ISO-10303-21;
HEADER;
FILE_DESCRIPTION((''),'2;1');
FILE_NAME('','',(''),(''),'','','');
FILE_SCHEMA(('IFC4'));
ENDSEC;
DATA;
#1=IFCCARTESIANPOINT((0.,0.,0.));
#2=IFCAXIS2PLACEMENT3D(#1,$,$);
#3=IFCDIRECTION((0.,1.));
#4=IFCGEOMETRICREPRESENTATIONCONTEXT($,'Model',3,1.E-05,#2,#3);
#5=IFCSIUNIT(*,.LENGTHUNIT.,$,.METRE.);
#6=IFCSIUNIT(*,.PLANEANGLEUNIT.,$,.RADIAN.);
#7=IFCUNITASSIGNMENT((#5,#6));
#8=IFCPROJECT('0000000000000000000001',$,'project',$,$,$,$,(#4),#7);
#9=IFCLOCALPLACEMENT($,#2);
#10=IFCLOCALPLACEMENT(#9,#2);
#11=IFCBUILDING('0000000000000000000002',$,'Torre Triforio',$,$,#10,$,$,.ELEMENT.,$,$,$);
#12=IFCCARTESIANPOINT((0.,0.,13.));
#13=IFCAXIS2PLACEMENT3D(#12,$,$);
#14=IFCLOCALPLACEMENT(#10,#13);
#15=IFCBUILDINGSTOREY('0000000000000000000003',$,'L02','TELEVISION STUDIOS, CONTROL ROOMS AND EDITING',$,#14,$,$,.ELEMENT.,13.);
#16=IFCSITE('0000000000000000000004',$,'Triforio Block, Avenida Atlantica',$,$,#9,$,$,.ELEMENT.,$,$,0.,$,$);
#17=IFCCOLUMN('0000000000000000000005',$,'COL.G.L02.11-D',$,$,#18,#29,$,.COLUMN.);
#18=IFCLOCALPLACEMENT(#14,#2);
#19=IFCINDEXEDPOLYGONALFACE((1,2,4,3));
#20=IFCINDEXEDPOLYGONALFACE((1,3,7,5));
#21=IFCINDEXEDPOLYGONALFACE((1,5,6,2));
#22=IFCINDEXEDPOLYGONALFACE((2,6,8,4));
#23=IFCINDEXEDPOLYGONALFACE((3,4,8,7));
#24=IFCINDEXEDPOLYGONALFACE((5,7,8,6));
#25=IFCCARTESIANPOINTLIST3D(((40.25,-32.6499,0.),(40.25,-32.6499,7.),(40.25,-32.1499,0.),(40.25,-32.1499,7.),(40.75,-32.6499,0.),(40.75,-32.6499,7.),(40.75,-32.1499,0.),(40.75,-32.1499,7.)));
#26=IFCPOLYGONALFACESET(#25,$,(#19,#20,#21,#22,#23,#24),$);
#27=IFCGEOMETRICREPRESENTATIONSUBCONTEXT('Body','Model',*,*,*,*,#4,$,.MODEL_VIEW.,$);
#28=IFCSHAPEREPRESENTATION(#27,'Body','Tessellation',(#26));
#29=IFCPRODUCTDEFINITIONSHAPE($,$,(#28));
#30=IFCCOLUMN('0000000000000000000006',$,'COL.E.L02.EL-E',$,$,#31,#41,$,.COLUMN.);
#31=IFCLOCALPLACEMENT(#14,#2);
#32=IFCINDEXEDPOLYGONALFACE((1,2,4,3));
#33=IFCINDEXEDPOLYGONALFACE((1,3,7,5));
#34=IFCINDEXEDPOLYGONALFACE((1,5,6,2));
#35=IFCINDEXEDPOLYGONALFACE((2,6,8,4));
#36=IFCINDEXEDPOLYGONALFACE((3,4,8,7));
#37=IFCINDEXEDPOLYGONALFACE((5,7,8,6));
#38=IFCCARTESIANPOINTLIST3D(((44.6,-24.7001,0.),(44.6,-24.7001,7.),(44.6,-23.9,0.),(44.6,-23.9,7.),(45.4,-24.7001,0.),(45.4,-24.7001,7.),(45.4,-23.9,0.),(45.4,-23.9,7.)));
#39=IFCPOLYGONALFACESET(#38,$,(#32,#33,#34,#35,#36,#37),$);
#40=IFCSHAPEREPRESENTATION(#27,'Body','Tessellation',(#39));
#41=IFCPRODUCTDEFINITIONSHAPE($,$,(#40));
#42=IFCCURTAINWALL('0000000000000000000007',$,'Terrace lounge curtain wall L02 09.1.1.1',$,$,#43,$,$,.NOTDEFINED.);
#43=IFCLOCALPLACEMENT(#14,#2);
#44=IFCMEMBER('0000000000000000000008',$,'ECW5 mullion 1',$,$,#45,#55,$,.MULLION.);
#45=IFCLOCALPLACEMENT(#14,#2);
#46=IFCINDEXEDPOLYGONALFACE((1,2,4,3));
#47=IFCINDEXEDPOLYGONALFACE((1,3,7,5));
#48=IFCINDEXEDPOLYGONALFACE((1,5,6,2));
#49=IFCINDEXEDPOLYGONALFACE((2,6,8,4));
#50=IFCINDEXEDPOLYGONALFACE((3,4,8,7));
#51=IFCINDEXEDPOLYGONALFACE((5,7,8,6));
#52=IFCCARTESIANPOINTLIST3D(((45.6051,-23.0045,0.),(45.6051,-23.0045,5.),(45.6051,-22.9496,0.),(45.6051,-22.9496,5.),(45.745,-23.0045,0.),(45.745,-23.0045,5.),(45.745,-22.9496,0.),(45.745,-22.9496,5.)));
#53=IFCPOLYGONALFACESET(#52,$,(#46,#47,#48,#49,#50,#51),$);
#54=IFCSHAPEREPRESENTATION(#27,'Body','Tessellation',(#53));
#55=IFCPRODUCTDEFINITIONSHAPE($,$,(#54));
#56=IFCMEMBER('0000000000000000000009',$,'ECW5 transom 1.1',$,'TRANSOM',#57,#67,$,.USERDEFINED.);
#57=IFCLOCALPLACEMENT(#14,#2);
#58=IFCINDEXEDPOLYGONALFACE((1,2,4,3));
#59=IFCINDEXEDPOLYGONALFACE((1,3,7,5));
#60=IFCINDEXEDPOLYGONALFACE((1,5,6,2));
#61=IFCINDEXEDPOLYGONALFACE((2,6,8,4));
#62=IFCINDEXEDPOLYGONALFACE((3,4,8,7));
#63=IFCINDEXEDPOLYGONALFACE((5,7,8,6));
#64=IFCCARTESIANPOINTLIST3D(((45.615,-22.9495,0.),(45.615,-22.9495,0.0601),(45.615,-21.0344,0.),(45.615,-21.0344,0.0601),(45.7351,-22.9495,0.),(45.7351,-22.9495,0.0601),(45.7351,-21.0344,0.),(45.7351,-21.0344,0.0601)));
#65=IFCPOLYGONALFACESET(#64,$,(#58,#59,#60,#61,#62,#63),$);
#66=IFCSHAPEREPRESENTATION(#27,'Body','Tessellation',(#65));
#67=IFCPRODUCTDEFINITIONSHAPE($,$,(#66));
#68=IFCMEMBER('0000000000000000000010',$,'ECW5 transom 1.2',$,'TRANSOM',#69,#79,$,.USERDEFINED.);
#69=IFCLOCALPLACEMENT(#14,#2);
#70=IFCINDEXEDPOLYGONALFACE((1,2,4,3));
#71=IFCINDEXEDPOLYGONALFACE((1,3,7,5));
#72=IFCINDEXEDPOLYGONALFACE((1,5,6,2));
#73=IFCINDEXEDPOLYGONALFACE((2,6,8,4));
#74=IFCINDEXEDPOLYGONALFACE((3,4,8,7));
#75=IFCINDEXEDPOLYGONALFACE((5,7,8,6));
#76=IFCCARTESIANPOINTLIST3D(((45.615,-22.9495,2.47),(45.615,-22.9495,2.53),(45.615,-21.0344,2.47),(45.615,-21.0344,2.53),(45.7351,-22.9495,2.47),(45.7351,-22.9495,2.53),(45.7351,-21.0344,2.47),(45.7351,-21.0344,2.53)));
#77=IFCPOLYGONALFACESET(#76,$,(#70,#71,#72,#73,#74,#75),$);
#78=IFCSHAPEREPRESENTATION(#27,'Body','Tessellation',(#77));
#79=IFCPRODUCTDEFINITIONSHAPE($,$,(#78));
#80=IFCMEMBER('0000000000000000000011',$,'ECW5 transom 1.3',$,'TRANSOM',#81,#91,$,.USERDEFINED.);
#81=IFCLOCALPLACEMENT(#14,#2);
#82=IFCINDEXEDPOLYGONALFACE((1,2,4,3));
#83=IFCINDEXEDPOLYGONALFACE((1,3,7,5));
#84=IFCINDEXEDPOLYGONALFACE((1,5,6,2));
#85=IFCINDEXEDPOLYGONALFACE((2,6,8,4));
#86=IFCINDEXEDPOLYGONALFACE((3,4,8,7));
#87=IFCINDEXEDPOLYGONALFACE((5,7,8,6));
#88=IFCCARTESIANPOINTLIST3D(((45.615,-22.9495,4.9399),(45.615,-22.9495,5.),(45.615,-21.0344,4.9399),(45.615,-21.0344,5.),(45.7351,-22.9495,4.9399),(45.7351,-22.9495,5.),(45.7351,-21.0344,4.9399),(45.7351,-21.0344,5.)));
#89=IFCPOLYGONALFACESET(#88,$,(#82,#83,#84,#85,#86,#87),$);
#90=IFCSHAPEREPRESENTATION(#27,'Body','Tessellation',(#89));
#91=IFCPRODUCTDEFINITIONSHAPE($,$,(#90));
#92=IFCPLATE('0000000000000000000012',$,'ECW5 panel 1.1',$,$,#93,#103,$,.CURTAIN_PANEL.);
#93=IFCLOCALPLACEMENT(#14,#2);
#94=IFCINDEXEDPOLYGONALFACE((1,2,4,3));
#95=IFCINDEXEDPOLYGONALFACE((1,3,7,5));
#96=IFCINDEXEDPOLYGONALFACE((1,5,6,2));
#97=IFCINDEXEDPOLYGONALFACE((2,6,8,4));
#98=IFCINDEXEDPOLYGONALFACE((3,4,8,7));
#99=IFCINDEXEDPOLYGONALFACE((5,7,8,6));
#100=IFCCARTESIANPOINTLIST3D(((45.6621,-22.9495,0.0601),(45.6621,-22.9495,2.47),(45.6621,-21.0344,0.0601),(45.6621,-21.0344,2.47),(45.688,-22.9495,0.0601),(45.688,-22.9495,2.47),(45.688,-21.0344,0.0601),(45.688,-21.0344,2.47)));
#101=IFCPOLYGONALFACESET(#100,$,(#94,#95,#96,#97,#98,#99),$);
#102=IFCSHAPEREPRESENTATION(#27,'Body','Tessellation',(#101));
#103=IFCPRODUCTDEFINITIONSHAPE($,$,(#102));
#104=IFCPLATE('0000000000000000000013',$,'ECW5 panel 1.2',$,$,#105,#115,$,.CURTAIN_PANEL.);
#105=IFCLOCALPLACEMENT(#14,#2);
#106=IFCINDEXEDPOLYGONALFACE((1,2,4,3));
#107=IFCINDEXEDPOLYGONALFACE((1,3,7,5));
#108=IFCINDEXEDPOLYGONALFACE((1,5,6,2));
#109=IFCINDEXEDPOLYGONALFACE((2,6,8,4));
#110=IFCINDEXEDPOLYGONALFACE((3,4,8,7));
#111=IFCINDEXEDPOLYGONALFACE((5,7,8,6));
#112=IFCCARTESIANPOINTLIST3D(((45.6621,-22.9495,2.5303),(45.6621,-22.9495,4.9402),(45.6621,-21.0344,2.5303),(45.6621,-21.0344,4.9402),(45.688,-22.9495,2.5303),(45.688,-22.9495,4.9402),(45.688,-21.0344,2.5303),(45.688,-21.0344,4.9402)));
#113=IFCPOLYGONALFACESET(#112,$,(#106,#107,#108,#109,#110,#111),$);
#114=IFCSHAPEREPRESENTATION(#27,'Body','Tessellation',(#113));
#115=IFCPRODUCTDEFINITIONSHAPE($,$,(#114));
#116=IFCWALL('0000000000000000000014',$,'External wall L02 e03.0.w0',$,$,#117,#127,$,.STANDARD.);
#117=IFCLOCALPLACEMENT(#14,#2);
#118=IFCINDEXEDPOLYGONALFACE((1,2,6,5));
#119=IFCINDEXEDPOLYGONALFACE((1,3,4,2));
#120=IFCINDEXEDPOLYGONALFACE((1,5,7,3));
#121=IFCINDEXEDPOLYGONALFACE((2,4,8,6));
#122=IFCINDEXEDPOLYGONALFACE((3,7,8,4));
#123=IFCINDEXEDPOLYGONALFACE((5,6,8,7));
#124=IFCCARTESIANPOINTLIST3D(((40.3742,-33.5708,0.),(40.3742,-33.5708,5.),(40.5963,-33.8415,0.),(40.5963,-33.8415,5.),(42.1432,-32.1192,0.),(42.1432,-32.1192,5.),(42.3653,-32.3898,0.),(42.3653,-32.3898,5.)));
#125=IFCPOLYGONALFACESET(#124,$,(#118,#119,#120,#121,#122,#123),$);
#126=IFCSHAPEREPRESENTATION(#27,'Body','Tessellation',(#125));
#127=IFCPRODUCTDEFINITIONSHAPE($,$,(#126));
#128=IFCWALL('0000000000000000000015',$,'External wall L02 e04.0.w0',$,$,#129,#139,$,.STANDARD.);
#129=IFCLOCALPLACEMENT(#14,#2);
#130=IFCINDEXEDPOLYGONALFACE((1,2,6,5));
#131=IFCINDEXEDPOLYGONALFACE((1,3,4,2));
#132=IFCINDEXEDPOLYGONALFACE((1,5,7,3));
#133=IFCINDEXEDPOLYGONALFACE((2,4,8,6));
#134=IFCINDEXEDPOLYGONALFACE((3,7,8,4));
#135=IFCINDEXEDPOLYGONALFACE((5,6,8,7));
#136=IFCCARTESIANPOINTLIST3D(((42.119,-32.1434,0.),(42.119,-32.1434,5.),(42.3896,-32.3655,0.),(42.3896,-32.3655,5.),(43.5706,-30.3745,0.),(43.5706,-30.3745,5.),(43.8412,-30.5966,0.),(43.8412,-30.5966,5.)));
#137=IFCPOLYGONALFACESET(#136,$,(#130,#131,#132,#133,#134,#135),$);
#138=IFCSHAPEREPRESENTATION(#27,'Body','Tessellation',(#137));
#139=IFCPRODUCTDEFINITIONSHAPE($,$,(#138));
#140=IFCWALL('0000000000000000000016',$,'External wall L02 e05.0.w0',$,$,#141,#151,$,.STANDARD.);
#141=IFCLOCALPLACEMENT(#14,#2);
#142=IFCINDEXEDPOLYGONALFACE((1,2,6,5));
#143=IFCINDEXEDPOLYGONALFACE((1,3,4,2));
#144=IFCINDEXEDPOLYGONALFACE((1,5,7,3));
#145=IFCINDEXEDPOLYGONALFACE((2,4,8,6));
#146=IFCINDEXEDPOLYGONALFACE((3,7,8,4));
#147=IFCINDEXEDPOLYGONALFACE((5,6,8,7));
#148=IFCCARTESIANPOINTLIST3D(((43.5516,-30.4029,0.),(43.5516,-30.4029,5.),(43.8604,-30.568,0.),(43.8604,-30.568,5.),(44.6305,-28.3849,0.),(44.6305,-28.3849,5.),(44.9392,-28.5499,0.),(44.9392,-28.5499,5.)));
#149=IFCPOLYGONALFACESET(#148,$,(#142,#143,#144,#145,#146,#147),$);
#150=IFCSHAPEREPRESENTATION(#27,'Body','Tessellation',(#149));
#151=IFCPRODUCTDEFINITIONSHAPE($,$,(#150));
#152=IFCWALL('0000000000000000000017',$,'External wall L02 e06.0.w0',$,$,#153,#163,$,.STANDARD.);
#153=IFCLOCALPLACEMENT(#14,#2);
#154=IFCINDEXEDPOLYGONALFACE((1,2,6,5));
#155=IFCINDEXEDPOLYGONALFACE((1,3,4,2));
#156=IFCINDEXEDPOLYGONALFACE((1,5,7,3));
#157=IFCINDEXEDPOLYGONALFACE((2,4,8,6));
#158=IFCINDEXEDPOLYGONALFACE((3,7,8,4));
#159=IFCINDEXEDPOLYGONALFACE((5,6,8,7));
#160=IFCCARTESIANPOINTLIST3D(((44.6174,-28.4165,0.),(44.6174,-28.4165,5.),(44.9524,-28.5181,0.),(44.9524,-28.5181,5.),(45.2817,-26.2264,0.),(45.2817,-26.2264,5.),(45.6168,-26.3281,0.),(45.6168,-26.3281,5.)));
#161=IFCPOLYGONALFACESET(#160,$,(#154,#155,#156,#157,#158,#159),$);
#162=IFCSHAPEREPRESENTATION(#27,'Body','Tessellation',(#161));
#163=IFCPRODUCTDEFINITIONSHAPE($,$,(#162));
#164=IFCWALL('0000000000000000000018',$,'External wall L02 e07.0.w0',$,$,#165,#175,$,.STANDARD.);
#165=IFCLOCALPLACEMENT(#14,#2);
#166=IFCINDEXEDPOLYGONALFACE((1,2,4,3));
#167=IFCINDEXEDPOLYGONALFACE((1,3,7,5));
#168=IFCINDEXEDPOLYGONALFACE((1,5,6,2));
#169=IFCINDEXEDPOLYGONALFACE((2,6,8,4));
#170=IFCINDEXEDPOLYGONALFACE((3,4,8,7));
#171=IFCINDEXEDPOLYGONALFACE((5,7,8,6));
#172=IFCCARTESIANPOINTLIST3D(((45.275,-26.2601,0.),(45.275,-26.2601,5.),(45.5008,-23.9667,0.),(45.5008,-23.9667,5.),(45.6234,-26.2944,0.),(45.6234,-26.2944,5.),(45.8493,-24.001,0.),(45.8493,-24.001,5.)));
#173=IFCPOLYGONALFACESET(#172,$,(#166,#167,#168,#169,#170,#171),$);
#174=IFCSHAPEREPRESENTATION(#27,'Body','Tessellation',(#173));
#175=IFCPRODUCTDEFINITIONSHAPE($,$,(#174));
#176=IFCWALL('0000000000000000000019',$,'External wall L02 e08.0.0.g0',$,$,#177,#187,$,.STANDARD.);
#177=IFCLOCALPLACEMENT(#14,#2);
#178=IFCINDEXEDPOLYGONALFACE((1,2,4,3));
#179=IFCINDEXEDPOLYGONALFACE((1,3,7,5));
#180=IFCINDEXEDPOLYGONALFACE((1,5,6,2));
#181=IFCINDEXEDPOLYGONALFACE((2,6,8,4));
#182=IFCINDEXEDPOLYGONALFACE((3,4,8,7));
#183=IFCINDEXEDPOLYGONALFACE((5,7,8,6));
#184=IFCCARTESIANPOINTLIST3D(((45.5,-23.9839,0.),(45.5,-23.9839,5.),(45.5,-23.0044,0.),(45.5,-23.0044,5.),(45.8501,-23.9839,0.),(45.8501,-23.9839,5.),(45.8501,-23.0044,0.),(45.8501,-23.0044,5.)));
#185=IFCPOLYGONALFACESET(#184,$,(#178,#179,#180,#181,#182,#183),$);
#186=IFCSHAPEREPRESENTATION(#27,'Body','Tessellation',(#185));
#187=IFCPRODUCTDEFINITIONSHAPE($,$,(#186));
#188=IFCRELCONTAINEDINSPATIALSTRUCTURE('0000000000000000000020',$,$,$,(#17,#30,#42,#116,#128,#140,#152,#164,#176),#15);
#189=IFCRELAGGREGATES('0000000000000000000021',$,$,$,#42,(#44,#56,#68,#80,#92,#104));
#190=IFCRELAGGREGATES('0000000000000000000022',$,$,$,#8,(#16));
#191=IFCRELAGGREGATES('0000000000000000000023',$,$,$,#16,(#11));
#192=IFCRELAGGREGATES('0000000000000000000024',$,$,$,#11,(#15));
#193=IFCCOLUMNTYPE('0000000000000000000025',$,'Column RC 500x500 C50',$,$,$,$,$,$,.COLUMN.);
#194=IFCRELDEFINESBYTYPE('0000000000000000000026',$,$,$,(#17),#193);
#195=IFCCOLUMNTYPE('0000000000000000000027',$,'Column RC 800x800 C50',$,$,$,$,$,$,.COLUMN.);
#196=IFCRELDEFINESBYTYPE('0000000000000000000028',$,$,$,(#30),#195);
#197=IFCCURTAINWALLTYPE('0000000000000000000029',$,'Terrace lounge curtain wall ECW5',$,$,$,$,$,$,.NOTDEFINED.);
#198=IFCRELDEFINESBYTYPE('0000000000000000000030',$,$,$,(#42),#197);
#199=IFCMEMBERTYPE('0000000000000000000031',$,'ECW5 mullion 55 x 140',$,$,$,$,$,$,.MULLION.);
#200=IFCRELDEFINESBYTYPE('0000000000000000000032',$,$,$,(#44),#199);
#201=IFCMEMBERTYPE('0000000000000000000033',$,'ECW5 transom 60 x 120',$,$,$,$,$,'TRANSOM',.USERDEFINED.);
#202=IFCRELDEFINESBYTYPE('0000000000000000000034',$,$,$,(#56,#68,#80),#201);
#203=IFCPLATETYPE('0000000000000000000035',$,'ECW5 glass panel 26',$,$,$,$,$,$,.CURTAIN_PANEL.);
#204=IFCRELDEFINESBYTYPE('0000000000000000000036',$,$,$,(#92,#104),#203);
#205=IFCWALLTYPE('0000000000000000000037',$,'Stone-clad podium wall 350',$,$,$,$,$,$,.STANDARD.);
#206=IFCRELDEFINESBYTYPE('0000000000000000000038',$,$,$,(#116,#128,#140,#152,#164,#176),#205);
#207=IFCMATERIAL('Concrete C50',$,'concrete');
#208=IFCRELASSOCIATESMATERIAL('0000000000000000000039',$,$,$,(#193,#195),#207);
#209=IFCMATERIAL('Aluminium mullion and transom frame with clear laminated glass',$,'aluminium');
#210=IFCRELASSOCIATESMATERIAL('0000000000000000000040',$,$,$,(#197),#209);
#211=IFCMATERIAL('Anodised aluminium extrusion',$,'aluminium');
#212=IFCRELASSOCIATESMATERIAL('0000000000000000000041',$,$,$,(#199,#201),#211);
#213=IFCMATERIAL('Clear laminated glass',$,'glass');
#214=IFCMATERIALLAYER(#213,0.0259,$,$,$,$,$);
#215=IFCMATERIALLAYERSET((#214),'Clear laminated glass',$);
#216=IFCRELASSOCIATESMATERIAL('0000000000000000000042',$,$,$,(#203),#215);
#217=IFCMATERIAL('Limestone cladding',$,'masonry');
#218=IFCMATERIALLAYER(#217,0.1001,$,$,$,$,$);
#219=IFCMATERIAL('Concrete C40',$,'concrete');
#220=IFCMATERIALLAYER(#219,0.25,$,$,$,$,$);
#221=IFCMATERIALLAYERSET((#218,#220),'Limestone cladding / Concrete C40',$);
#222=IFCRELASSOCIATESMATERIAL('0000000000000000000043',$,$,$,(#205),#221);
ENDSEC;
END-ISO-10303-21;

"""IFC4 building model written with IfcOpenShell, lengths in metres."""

from ifc_helpers import new_model, si_unit, direction, frame, frame_2d, origin, origin_2d, place, context, subcontext, project, spatial, rectangle, extrude, material, layer, layer_set, material_profile, profile_set, type_object, element, aggregate, save


model = new_model("IFC4")

# Units and contexts
model_context = context("Model", 3, precision=1e-05, world=origin(), true_north=direction((0.0, 1.0)))
body_context = subcontext(model_context, "Body", "Model", "MODEL_VIEW")
ifc_project = project(units=[si_unit("LENGTHUNIT", "METRE"), si_unit("PLANEANGLEUNIT", "RADIAN")], contexts=[model_context])

# Site, building, storey
site_placement = place(None, origin())
site = spatial("IfcSite", under=ifc_project, at=site_placement, Name="Triforio Block, Avenida Atlantica", CompositionType="ELEMENT", RefElevation=0.0)
building_placement = place(site_placement, origin())
building = spatial("IfcBuilding", under=site, at=building_placement, Name="Torre Triforio", CompositionType="ELEMENT")
storey_placement = place(building_placement, frame((0.0, 0.0, 13.0)))
storey = spatial("IfcBuildingStorey", under=building, at=storey_placement, Name="L02", Description="TELEVISION STUDIOS, CONTROL ROOMS AND EDITING", CompositionType="ELEMENT", Elevation=13.0)

# Columns
ifc_material_1 = material(Name="Concrete C50", Category="concrete")
ifc_material_profile_1 = material_profile(ifc_material_1, rectangle(XDim=0.5, YDim=0.5, at=origin_2d()), Name="RC 500x500")
ifc_profile_set_1 = profile_set([ifc_material_profile_1], Name="Concrete C50")
column_type_1 = type_object("IfcColumnType", Name="Column RC 500x500 C50", PredefinedType="COLUMN", material=ifc_profile_set_1)
column_1_placement = place(storey_placement, frame((40.5, -32.3999, 0.0), z_axis=(0.0, 0.0, 1.0), x_axis=(1.0, 0.0, 0.0)))
element("IfcColumn", 1, at=column_1_placement, inside=storey, type_object=column_type_1, Name="COL.G.L02.11-D", PredefinedType="COLUMN", context=body_context, shape_type="SweptSolid", body=[
    extrude(rectangle(XDim=0.5, YDim=0.5, at=origin_2d()), origin(), (0.0, 0.0, 1.0), 7.0),
])
ifc_material_profile_2 = material_profile(ifc_material_1, rectangle(XDim=0.8, YDim=0.8, at=origin_2d()), Name="RC 800x800")
ifc_profile_set_2 = profile_set([ifc_material_profile_2], Name="Concrete C50")
column_type_2 = type_object("IfcColumnType", Name="Column RC 800x800 C50", PredefinedType="COLUMN", material=ifc_profile_set_2)
column_2_placement = place(storey_placement, frame((45.0, -24.3, 0.0), z_axis=(0.0, 0.0, 1.0), x_axis=(1.0, 0.0, 0.0)))
element("IfcColumn", 2, at=column_2_placement, inside=storey, type_object=column_type_2, Name="COL.E.L02.EL-E", PredefinedType="COLUMN", context=body_context, shape_type="SweptSolid", body=[
    extrude(rectangle(XDim=0.8, YDim=0.8, at=origin_2d()), origin(), (0.0, 0.0, 1.0), 7.0),
])

# Curtain wall, members, plates
ifc_material_2 = material(Name="Aluminium mullion and transom frame with clear laminated glass", Category="aluminium")
curtain_wall_type = type_object("IfcCurtainWallType", Name="Terrace lounge curtain wall ECW5", PredefinedType="NOTDEFINED", material=ifc_material_2)
curtain_wall_placement = place(storey_placement, origin())
curtain_wall = element("IfcCurtainWall", 3, at=curtain_wall_placement, inside=storey, type_object=curtain_wall_type, Name="Terrace lounge curtain wall L02 09.1.1.1", PredefinedType="NOTDEFINED")
ifc_material_3 = material(Name="Anodised aluminium extrusion", Category="aluminium")
ifc_material_profile_3 = material_profile(ifc_material_3, rectangle(XDim=0.1399, YDim=0.0549, at=origin_2d()), Name="ECW5 MULLION 55x140")
ifc_profile_set_3 = profile_set([ifc_material_profile_3], Name="Anodised aluminium extrusion")
member_type_1 = type_object("IfcMemberType", Name="ECW5 mullion 55 x 140", PredefinedType="MULLION", material=ifc_profile_set_3)
member_1_placement = place(storey_placement, frame((45.675, -22.9771, 0.0), z_axis=(0.0, 0.0, 1.0), x_axis=(-1.0, 0.0, 0.0)))
member_1 = element("IfcMember", 4, at=member_1_placement, type_object=member_type_1, Name="ECW5 mullion 1", PredefinedType="MULLION", context=body_context, shape_type="SweptSolid", body=[
    extrude(rectangle(XDim=0.1399, YDim=0.0549, at=origin_2d()), origin(), (0.0, 0.0, 1.0), 5.0),
])
ifc_material_profile_4 = material_profile(ifc_material_3, rectangle(XDim=0.1201, YDim=0.0601, at=origin_2d()), Name="ECW5 TRANSOM 60x120")
ifc_profile_set_4 = profile_set([ifc_material_profile_4], Name="Anodised aluminium extrusion")
member_type_2 = type_object("IfcMemberType", Name="ECW5 transom 60 x 120", ElementType="TRANSOM", PredefinedType="USERDEFINED", material=ifc_profile_set_4)
member_2_placement = place(storey_placement, frame((45.675, -22.9495, 0.03), z_axis=(0.0, 1.0, 0.0), x_axis=(-1.0, 0.0, 0.0)))
member_2 = element("IfcMember", 5, at=member_2_placement, type_object=member_type_2, Name="ECW5 transom 1.1", ObjectType="TRANSOM", PredefinedType="USERDEFINED", context=body_context, shape_type="SweptSolid", body=[
    extrude(rectangle(XDim=0.1201, YDim=0.0601, at=origin_2d()), origin(), (0.0, 0.0, 1.0), 1.915),
])
member_3_placement = place(storey_placement, frame((45.675, -22.9495, 2.5), z_axis=(0.0, 1.0, 0.0), x_axis=(-1.0, 0.0, 0.0)))
member_3 = element("IfcMember", 6, at=member_3_placement, type_object=member_type_2, Name="ECW5 transom 1.2", ObjectType="TRANSOM", PredefinedType="USERDEFINED", context=body_context, shape_type="SweptSolid", body=[
    extrude(rectangle(XDim=0.1201, YDim=0.0601, at=origin_2d()), origin(), (0.0, 0.0, 1.0), 1.915),
])
member_4_placement = place(storey_placement, frame((45.675, -22.9495, 4.97), z_axis=(0.0, 1.0, 0.0), x_axis=(-1.0, 0.0, 0.0)))
member_4 = element("IfcMember", 7, at=member_4_placement, type_object=member_type_2, Name="ECW5 transom 1.3", ObjectType="TRANSOM", PredefinedType="USERDEFINED", context=body_context, shape_type="SweptSolid", body=[
    extrude(rectangle(XDim=0.1201, YDim=0.0601, at=origin_2d()), origin(), (0.0, 0.0, 1.0), 1.915),
])
ifc_material_4 = material(Name="Clear laminated glass", Category="glass")
ifc_layer_1 = layer(ifc_material_4, 0.0259)
ifc_layer_set_1 = layer_set([ifc_layer_1], Name="Clear laminated glass")
plate_type = type_object("IfcPlateType", Name="ECW5 glass panel 26", PredefinedType="CURTAIN_PANEL", material=ifc_layer_set_1)
plate_1_placement = place(storey_placement, frame((45.675, -21.9919, 0.0601), z_axis=(0.0, 0.0, 1.0), x_axis=(0.0, 1.0, 0.0)))
plate_1 = element("IfcPlate", 8, at=plate_1_placement, type_object=plate_type, Name="ECW5 panel 1.1", PredefinedType="CURTAIN_PANEL", context=body_context, shape_type="SweptSolid", body=[
    extrude(rectangle(XDim=1.915, YDim=0.0259, at=origin_2d()), origin(), (0.0, 0.0, 1.0), 2.4099),
])
plate_2_placement = place(storey_placement, frame((45.675, -21.9919, 2.5303), z_axis=(0.0, 0.0, 1.0), x_axis=(0.0, 1.0, 0.0)))
plate_2 = element("IfcPlate", 9, at=plate_2_placement, type_object=plate_type, Name="ECW5 panel 1.2", PredefinedType="CURTAIN_PANEL", context=body_context, shape_type="SweptSolid", body=[
    extrude(rectangle(XDim=1.915, YDim=0.0259, at=origin_2d()), origin(), (0.0, 0.0, 1.0), 2.4099),
])
aggregate(curtain_wall, [member_1, member_2, member_3, member_4, plate_1, plate_2])

# Walls
ifc_material_5 = material(Name="Limestone cladding", Category="masonry")
ifc_layer_2 = layer(ifc_material_5, 0.1001)
ifc_material_6 = material(Name="Concrete C40", Category="concrete")
ifc_layer_3 = layer(ifc_material_6, 0.25)
ifc_layer_set_2 = layer_set([ifc_layer_2, ifc_layer_3], Name="Limestone cladding / Concrete C40")
wall_type = type_object("IfcWallType", Name="Stone-clad podium wall 350", PredefinedType="STANDARD", material=ifc_layer_set_2)
for number, where, z_axis, x_axis, name in (
    (10, (40.4854, -33.7061, 0.0), (0.0, 0.0, 1.0), (0.773044, 0.634353, 0.0), "External wall L02 e03.0.w0"),
    (11, (42.2544, -32.2544, 0.0), (0.0, 0.0, 1.0), (0.634353, 0.773044, 0.0), "External wall L02 e04.0.w0"),
    (12, (43.7061, -30.4854, 0.0), (0.0, 0.0, 1.0), (0.471457, 0.881889, 0.0), "External wall L02 e05.0.w0"),
):
    element("IfcWall", number, at=place(storey_placement, frame(where, z_axis=z_axis, x_axis=x_axis)), inside=storey, type_object=wall_type, Name=name, PredefinedType="STANDARD", context=body_context, shape_type="SweptSolid", body=[
        extrude(rectangle(XDim=2.2883, YDim=0.3501, at=frame_2d((1.144, 0.0))), origin(), (0.0, 0.0, 1.0), 5.0),
    ])
wall_1_placement = place(storey_placement, frame((44.7849, -28.4673, 0.0), z_axis=(0.0, 0.0, 1.0), x_axis=(0.290283, 0.956941, 0.0)))
element("IfcWall", 13, at=wall_1_placement, inside=storey, type_object=wall_type, Name="External wall L02 e06.0.w0", PredefinedType="STANDARD", context=body_context, shape_type="SweptSolid", body=[
    extrude(rectangle(XDim=2.2886, YDim=0.3501, at=frame_2d((1.1443, 0.0))), origin(), (0.0, 0.0, 1.0), 5.0),
])
wall_2_placement = place(storey_placement, frame((45.4492, -26.2773, 0.0), z_axis=(0.0, 0.0, 1.0), x_axis=(0.097993, 0.995187, 0.0)))
element("IfcWall", 14, at=wall_2_placement, inside=storey, type_object=wall_type, Name="External wall L02 e07.0.w0", PredefinedType="STANDARD", context=body_context, shape_type="SweptSolid", body=[
    extrude(rectangle(XDim=2.3044, YDim=0.3501, at=frame_2d((1.1523, 0.0))), origin(), (0.0, 0.0, 1.0), 5.0),
])
wall_3_placement = place(storey_placement, frame((45.675, -23.9839, 0.0), z_axis=(0.0, 0.0, 1.0), x_axis=(0.0, 1.0, 0.0)))
element("IfcWall", 15, at=wall_3_placement, inside=storey, type_object=wall_type, Name="External wall L02 e08.0.0.g0", PredefinedType="STANDARD", context=body_context, shape_type="SweptSolid", body=[
    extrude(rectangle(XDim=0.9795, YDim=0.3501, at=frame_2d((0.4897, 0.0))), origin(), (0.0, 0.0, 1.0), 5.0),
])

save(model, "model.ifc")
